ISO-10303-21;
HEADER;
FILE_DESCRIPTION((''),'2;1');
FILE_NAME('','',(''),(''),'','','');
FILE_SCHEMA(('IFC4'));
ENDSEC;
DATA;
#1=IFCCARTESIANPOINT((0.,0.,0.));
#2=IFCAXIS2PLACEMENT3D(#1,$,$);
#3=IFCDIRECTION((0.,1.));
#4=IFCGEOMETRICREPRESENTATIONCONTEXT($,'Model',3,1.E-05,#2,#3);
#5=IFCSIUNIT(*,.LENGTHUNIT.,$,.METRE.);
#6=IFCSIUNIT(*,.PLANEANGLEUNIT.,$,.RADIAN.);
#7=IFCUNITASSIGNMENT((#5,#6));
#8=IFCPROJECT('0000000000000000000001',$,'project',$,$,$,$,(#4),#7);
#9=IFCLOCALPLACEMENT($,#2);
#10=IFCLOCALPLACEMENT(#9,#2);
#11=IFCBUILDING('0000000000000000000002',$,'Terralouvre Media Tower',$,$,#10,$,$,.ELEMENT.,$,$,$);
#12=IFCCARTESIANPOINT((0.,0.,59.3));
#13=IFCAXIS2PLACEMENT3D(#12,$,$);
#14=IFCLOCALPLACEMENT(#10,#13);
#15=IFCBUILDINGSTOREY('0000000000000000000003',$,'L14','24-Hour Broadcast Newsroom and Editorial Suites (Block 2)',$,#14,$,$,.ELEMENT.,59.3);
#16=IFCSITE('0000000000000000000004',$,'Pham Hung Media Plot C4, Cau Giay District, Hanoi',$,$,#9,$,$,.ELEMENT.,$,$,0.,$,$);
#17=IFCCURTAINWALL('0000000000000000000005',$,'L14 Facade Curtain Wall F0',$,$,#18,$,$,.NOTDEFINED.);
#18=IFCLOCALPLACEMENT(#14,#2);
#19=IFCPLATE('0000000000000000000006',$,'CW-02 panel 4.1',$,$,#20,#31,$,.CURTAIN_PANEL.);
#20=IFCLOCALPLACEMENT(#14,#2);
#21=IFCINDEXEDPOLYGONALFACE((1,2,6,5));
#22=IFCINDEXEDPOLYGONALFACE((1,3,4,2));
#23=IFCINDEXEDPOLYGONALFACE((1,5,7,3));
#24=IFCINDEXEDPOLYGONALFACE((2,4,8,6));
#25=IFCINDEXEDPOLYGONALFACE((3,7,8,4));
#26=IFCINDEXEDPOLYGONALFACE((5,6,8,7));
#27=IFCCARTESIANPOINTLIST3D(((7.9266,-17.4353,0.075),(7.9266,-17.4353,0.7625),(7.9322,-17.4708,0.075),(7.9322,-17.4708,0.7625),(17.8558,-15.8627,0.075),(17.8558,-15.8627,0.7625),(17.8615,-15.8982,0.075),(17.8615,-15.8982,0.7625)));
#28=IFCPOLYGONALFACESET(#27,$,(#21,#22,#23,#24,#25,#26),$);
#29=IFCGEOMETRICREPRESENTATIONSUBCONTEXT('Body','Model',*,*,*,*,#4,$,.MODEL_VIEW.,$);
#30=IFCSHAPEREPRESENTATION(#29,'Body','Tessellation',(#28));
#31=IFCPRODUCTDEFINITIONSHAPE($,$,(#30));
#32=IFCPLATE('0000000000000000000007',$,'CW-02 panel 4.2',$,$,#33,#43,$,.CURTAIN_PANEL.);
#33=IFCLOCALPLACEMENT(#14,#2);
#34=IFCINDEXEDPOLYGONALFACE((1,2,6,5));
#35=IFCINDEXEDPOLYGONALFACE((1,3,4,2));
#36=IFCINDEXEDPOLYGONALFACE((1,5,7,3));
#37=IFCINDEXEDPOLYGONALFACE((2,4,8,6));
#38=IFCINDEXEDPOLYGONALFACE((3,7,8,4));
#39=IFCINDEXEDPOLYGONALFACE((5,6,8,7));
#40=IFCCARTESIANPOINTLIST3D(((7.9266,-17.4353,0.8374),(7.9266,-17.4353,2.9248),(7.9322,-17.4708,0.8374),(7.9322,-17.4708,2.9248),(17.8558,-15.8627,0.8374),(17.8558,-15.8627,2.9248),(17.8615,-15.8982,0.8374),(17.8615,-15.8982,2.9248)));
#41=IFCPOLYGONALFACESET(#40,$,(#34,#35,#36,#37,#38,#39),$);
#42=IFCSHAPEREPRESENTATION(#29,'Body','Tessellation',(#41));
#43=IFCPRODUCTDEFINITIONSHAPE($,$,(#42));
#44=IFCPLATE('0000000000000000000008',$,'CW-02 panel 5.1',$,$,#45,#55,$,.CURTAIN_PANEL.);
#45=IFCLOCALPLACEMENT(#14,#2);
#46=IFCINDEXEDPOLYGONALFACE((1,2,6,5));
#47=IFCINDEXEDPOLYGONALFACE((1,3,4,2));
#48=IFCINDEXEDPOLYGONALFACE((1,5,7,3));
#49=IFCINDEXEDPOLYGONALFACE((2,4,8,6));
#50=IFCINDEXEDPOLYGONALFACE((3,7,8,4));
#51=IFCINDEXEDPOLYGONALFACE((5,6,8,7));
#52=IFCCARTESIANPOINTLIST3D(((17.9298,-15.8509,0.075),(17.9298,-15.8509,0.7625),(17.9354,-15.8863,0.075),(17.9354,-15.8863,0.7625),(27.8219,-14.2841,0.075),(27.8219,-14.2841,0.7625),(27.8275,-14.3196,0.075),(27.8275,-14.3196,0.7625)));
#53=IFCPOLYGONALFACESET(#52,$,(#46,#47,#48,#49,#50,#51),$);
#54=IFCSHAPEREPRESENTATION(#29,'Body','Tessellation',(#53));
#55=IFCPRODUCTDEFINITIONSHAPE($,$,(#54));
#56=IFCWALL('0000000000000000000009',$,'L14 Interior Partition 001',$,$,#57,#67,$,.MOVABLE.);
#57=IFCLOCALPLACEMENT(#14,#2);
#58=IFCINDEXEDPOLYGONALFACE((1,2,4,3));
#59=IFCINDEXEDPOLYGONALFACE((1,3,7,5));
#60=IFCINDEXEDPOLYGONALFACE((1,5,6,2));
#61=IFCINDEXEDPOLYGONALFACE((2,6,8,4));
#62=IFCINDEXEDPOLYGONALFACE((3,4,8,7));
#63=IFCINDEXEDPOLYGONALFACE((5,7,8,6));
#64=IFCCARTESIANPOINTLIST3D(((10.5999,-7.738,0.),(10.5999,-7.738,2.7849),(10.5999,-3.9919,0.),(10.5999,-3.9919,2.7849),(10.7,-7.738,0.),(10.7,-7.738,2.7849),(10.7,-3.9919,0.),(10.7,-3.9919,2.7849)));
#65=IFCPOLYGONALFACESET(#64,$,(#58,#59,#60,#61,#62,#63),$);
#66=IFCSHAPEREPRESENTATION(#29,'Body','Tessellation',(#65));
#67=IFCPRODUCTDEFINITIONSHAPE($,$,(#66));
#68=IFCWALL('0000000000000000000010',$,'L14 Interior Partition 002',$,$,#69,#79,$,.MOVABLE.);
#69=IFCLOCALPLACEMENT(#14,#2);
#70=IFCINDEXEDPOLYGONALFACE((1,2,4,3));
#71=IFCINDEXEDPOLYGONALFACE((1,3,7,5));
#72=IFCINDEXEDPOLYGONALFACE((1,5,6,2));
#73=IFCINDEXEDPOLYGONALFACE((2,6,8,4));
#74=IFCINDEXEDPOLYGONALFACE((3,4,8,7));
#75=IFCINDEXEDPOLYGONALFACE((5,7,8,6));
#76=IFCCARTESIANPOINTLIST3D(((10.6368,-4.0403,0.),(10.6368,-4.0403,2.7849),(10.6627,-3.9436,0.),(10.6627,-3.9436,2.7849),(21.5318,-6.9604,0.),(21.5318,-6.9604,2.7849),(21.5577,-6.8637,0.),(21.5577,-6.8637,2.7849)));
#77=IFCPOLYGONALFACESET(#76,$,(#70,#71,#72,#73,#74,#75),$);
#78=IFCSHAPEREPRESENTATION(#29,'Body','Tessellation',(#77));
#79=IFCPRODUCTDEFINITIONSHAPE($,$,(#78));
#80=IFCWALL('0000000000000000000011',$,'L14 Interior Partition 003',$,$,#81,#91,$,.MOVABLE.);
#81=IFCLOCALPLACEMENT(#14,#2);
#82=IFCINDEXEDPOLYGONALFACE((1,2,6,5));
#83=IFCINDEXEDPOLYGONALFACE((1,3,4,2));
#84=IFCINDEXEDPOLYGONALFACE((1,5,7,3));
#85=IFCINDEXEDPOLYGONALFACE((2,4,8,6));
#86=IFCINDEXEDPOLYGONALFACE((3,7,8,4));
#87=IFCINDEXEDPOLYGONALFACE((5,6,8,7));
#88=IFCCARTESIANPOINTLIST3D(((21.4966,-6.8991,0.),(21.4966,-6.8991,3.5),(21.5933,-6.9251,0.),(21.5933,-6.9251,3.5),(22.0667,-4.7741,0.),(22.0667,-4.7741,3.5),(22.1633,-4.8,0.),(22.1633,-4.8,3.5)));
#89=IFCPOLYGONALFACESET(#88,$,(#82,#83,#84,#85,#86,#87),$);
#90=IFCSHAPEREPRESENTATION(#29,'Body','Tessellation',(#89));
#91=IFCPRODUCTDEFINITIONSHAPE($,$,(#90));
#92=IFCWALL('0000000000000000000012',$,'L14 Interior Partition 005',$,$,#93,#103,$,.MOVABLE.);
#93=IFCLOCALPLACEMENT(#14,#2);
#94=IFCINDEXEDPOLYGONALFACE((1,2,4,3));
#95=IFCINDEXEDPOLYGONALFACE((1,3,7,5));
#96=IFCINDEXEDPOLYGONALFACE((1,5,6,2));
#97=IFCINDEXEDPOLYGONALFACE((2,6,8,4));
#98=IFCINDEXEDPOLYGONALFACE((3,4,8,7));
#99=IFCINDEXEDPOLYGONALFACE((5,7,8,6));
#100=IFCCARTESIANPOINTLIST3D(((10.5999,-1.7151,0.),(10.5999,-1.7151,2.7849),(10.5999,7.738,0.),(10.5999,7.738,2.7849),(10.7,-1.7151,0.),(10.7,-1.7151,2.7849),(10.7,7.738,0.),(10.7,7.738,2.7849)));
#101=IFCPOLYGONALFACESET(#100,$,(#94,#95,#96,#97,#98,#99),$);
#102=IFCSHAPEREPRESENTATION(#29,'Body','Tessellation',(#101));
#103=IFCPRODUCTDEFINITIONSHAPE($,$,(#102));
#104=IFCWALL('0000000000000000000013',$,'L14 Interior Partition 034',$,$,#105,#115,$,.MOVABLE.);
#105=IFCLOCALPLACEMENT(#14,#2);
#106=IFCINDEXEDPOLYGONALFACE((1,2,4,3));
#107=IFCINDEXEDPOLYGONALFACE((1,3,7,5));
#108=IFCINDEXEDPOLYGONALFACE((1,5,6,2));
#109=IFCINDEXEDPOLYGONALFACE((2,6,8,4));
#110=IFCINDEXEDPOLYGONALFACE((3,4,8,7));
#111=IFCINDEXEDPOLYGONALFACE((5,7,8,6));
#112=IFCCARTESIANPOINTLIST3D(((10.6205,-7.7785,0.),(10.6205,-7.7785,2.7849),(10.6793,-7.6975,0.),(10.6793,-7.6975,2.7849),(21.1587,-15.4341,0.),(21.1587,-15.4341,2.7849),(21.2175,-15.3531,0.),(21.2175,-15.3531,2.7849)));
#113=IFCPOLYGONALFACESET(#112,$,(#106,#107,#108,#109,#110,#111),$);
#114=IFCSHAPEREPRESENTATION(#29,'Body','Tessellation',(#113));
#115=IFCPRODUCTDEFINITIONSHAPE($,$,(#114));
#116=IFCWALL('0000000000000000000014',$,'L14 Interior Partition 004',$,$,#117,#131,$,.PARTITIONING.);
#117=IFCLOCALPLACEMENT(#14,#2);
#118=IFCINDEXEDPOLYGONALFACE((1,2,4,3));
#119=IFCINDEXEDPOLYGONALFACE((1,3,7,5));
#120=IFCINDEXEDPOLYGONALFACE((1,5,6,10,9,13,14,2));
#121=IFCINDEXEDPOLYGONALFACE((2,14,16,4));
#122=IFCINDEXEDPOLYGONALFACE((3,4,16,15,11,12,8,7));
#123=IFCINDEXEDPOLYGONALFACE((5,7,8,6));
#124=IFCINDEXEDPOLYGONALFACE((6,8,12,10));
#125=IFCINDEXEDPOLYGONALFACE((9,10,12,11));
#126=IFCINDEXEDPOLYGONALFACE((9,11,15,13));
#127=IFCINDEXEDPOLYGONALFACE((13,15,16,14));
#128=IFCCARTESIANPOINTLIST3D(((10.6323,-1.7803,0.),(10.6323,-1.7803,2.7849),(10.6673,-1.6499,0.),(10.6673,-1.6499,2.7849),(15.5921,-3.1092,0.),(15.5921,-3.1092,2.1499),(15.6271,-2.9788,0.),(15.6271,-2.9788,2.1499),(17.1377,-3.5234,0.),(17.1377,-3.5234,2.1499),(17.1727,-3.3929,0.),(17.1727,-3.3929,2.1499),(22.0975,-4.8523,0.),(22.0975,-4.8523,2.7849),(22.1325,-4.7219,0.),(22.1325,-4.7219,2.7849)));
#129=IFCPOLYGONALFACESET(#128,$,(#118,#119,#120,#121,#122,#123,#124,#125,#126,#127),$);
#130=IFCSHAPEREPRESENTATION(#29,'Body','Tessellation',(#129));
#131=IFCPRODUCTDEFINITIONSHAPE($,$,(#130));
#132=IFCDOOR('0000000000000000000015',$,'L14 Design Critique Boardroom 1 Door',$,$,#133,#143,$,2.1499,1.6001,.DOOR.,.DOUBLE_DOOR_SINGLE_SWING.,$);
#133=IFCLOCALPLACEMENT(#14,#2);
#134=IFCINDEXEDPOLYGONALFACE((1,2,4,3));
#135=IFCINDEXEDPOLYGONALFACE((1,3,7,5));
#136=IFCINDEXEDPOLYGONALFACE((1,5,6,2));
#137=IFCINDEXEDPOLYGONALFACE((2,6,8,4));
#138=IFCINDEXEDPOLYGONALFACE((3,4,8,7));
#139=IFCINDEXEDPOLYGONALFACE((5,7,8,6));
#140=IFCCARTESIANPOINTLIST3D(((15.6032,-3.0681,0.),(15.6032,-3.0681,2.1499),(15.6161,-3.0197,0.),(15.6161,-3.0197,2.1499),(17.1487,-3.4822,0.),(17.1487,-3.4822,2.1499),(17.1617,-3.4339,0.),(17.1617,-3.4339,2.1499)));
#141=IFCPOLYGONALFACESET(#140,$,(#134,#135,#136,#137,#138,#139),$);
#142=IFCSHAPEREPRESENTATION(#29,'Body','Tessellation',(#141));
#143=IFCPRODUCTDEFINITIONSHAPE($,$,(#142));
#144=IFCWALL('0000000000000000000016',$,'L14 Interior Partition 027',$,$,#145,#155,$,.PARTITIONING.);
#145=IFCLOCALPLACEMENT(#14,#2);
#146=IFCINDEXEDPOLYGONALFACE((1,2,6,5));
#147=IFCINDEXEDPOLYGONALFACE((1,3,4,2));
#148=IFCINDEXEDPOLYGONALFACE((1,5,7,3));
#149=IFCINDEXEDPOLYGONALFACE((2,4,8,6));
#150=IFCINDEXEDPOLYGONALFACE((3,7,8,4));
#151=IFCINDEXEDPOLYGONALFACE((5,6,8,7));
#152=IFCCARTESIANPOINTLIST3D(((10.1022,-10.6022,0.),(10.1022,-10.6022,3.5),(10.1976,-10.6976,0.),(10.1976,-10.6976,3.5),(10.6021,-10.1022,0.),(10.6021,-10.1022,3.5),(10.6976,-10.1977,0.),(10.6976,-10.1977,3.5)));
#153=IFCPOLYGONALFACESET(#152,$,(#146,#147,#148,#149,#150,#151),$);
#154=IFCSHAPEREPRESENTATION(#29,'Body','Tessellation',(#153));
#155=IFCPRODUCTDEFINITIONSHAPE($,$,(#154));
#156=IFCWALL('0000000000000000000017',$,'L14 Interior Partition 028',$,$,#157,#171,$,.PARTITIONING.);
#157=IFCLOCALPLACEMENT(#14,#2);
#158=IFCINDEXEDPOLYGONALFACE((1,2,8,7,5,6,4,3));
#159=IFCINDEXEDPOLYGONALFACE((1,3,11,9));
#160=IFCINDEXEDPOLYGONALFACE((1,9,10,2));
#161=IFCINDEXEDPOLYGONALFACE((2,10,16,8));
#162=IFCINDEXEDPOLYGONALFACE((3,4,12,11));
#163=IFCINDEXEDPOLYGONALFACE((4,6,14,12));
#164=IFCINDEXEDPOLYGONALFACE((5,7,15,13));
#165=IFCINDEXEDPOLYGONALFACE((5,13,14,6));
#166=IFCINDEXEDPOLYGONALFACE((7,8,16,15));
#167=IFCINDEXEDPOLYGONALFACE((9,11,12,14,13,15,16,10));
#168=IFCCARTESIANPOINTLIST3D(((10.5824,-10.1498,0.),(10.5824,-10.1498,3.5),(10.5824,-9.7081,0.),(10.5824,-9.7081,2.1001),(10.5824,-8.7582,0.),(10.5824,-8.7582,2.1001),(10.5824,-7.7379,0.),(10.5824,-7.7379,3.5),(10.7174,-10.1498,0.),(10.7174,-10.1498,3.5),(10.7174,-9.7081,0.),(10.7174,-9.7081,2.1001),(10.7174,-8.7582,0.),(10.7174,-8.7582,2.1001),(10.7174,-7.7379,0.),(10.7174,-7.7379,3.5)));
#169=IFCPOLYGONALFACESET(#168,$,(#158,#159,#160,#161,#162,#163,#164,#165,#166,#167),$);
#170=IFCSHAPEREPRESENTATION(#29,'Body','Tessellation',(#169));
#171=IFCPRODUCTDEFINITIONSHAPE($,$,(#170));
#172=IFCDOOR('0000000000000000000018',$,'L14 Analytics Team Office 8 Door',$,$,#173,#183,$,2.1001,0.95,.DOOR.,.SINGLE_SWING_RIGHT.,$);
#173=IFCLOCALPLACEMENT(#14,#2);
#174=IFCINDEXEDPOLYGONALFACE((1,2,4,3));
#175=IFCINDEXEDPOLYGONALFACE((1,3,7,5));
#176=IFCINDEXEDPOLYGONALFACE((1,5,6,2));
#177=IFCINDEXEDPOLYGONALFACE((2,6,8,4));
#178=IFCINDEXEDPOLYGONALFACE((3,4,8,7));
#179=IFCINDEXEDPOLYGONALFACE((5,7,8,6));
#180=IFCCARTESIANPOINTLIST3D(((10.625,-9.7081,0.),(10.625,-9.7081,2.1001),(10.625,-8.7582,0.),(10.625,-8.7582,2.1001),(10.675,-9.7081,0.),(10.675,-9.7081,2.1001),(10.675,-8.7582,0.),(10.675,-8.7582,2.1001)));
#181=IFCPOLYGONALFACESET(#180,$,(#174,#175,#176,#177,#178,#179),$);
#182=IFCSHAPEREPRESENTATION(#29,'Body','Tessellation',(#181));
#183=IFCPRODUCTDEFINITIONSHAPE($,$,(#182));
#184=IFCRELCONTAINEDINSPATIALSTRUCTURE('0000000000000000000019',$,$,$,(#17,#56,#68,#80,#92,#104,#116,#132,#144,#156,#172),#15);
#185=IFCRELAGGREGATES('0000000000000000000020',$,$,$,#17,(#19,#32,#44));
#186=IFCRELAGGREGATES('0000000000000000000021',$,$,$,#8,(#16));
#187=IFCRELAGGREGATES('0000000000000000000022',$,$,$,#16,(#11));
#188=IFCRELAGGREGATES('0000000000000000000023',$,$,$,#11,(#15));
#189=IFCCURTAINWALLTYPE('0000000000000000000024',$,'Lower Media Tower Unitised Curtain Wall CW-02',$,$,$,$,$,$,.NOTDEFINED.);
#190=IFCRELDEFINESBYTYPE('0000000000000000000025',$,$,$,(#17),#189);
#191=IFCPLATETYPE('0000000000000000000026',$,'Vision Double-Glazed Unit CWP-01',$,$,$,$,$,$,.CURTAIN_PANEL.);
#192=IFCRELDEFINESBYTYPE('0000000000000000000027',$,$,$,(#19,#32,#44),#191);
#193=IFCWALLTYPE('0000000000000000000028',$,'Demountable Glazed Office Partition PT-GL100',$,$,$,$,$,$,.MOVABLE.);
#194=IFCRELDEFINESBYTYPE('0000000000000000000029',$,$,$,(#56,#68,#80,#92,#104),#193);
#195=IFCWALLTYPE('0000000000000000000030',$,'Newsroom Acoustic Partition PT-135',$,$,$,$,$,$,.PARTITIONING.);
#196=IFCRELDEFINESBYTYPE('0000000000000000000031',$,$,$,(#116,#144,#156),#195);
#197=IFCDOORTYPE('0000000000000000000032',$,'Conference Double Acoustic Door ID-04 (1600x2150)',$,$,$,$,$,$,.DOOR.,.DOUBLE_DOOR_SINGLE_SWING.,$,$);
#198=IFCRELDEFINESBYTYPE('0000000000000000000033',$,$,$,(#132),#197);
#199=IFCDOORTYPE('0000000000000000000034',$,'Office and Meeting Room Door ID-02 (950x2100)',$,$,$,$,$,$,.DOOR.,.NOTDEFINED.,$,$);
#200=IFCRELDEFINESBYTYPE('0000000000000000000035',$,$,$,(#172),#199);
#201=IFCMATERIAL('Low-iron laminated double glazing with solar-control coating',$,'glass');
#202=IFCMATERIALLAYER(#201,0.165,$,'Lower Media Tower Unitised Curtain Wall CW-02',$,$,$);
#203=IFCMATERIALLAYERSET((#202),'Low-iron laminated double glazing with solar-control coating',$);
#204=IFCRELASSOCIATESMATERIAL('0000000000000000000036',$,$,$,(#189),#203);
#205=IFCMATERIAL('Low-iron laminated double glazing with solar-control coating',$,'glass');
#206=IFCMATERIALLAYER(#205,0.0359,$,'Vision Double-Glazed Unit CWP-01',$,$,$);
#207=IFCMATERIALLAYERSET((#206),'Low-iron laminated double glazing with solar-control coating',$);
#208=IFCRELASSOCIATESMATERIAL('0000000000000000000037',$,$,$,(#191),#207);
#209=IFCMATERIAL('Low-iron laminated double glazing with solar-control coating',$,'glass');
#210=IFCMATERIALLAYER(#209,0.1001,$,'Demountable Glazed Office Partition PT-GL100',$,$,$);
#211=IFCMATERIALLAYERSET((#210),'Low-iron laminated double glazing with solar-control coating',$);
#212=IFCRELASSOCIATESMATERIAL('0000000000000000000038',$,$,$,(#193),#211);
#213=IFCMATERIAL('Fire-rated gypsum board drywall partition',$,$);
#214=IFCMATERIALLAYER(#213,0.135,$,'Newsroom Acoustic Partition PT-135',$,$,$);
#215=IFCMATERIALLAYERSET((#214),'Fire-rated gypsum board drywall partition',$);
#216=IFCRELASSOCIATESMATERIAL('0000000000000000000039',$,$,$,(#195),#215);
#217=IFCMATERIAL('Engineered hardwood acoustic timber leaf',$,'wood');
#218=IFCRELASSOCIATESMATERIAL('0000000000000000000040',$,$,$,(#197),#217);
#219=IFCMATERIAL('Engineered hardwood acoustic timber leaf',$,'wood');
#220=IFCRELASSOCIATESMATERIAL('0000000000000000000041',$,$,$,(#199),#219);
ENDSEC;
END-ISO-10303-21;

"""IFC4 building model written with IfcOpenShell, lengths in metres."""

from ifc_helpers import new_model, si_unit, direction, frame, frame_2d, origin, origin_2d, place, context, subcontext, project, spatial, rectangle, extrude, material, layer, layer_set, type_object, element, fill, aggregate, save


model = new_model("IFC4")

# Units and contexts
model_context = context("Model", 3, precision=1e-05, world=origin(), true_north=direction((0.0, 1.0)))
body_context = subcontext(model_context, "Body", "Model", "MODEL_VIEW")
ifc_project = project(units=[si_unit("LENGTHUNIT", "METRE"), si_unit("PLANEANGLEUNIT", "RADIAN")], contexts=[model_context])

# Site, building, storey
site_placement = place(None, origin())
site = spatial("IfcSite", under=ifc_project, at=site_placement, Name="Pham Hung Media Plot C4, Cau Giay District, Hanoi", CompositionType="ELEMENT", RefElevation=0.0)
building_placement = place(site_placement, origin())
building = spatial("IfcBuilding", under=site, at=building_placement, Name="Terralouvre Media Tower", CompositionType="ELEMENT")
storey_placement = place(building_placement, frame((0.0, 0.0, 59.3)))
storey = spatial("IfcBuildingStorey", under=building, at=storey_placement, Name="L14", Description="24-Hour Broadcast Newsroom and Editorial Suites (Block 2)", CompositionType="ELEMENT", Elevation=59.3)

# Curtain wall
ifc_material_1 = material(Name="Low-iron laminated double glazing with solar-control coating", Category="glass")
ifc_layer_1 = layer(ifc_material_1, 0.165, Name="Lower Media Tower Unitised Curtain Wall CW-02")
ifc_layer_set_1 = layer_set([ifc_layer_1], Name="Low-iron laminated double glazing with solar-control coating")
curtain_wall_type = type_object("IfcCurtainWallType", Name="Lower Media Tower Unitised Curtain Wall CW-02", PredefinedType="NOTDEFINED", material=ifc_layer_set_1)
curtain_wall_placement = place(storey_placement, origin())
curtain_wall = element("IfcCurtainWall", 1, at=curtain_wall_placement, inside=storey, type_object=curtain_wall_type, Name="L14 Facade Curtain Wall F0", PredefinedType="NOTDEFINED")

# Plates
ifc_material_2 = material(Name="Low-iron laminated double glazing with solar-control coating", Category="glass")
ifc_layer_2 = layer(ifc_material_2, 0.0359, Name="Vision Double-Glazed Unit CWP-01")
ifc_layer_set_2 = layer_set([ifc_layer_2], Name="Low-iron laminated double glazing with solar-control coating")
plate_type = type_object("IfcPlateType", Name="Vision Double-Glazed Unit CWP-01", PredefinedType="CURTAIN_PANEL", material=ifc_layer_set_2)
plate_1_placement = place(storey_placement, frame((12.894, -16.6667, 0.075), z_axis=(0.0, 0.0, 1.0), x_axis=(0.987688, 0.156434, 0.0)))
plate_1 = element("IfcPlate", 2, at=plate_1_placement, type_object=plate_type, Name="CW-02 panel 4.1", PredefinedType="CURTAIN_PANEL", context=body_context, shape_type="SweptSolid", body=[
    extrude(rectangle(XDim=10.053, YDim=0.0359, at=origin_2d()), origin(), (0.0, 0.0, 1.0), 0.6875),
])
plate_2_placement = place(storey_placement, frame((12.894, -16.6667, 0.8374), z_axis=(0.0, 0.0, 1.0), x_axis=(0.987688, 0.156434, 0.0)))
plate_2 = element("IfcPlate", 3, at=plate_2_placement, type_object=plate_type, Name="CW-02 panel 4.2", PredefinedType="CURTAIN_PANEL", context=body_context, shape_type="SweptSolid", body=[
    extrude(rectangle(XDim=10.053, YDim=0.0359, at=origin_2d()), origin(), (0.0, 0.0, 1.0), 2.0874),
])
plate_3_placement = place(storey_placement, frame((22.8787, -15.0852, 0.075), z_axis=(0.0, 0.0, 1.0), x_axis=(0.987688, 0.156434, 0.0)))
plate_3 = element("IfcPlate", 4, at=plate_3_placement, type_object=plate_type, Name="CW-02 panel 5.1", PredefinedType="CURTAIN_PANEL", context=body_context, shape_type="SweptSolid", body=[
    extrude(rectangle(XDim=10.0154, YDim=0.0359, at=origin_2d()), origin(), (0.0, 0.0, 1.0), 0.6875),
])
aggregate(curtain_wall, [plate_1, plate_2, plate_3])

# Walls
ifc_material_3 = material(Name="Low-iron laminated double glazing with solar-control coating", Category="glass")
ifc_layer_3 = layer(ifc_material_3, 0.1001, Name="Demountable Glazed Office Partition PT-GL100")
ifc_layer_set_3 = layer_set([ifc_layer_3], Name="Low-iron laminated double glazing with solar-control coating")
wall_type_1 = type_object("IfcWallType", Name="Demountable Glazed Office Partition PT-GL100", PredefinedType="MOVABLE", material=ifc_layer_set_3)
wall_1_placement = place(storey_placement, frame((10.6499, -7.738, 0.0), z_axis=(0.0, 0.0, 1.0), x_axis=(0.0, 1.0, 0.0)))
element("IfcWall", 5, at=wall_1_placement, inside=storey, type_object=wall_type_1, Name="L14 Interior Partition 001", PredefinedType="MOVABLE", context=body_context, shape_type="SweptSolid", body=[
    extrude(rectangle(XDim=3.7461, YDim=0.1001, at=frame_2d((1.873, 0.0))), origin(), (0.0, 0.0, 1.0), 2.7849),
])
wall_2_placement = place(storey_placement, frame((10.6499, -3.9919, 0.0), z_axis=(0.0, 0.0, 1.0), x_axis=(0.965907, -0.25889, 0.0)))
element("IfcWall", 6, at=wall_2_placement, inside=storey, type_object=wall_type_1, Name="L14 Interior Partition 002", PredefinedType="MOVABLE", context=body_context, shape_type="SweptSolid", body=[
    extrude(rectangle(XDim=11.2795, YDim=0.1001, at=frame_2d((5.6396, 0.0))), origin(), (0.0, 0.0, 1.0), 2.7849),
])
wall_3_placement = place(storey_placement, frame((21.5449, -6.9121, 0.0), z_axis=(0.0, 0.0, 1.0), x_axis=(0.259106, 0.965849, 0.0)))
element("IfcWall", 7, at=wall_3_placement, inside=storey, type_object=wall_type_1, Name="L14 Interior Partition 003", PredefinedType="MOVABLE", context=body_context, shape_type="SweptSolid", body=[
    extrude(rectangle(XDim=2.2002, YDim=0.1001, at=frame_2d((1.1001, 0.0))), origin(), (0.0, 0.0, 1.0), 3.5),
])
wall_4_placement = place(storey_placement, frame((10.6499, -1.7151, 0.0), z_axis=(0.0, 0.0, 1.0), x_axis=(0.0, 1.0, 0.0)))
element("IfcWall", 8, at=wall_4_placement, inside=storey, type_object=wall_type_1, Name="L14 Interior Partition 005", PredefinedType="MOVABLE", context=body_context, shape_type="SweptSolid", body=[
    extrude(rectangle(XDim=9.4531, YDim=0.1001, at=frame_2d((4.7266, 0.0))), origin(), (0.0, 0.0, 1.0), 2.7849),
])
wall_5_placement = place(storey_placement, frame((10.6499, -7.738, 0.0), z_axis=(0.0, 0.0, 1.0), x_axis=(0.809048, -0.587743, 0.0)))
element("IfcWall", 9, at=wall_5_placement, inside=storey, type_object=wall_type_1, Name="L14 Interior Partition 034", PredefinedType="MOVABLE", context=body_context, shape_type="SweptSolid", body=[
    extrude(rectangle(XDim=13.0254, YDim=0.1001, at=frame_2d((6.5127, 0.0))), origin(), (0.0, 0.0, 1.0), 2.7849),
])

# Wall, opening, door
ifc_material_4 = material(Name="Fire-rated gypsum board drywall partition")
ifc_layer_4 = layer(ifc_material_4, 0.135, Name="Newsroom Acoustic Partition PT-135")
ifc_layer_set_4 = layer_set([ifc_layer_4], Name="Fire-rated gypsum board drywall partition")
wall_type_2 = type_object("IfcWallType", Name="Newsroom Acoustic Partition PT-135", PredefinedType="PARTITIONING", material=ifc_layer_set_4)
wall_6_placement = place(storey_placement, frame((22.115, -4.7871, 0.0), z_axis=(0.0, 0.0, 1.0), x_axis=(-0.965927, 0.258816, 0.0)))
wall_6 = element("IfcWall", 10, at=wall_6_placement, inside=storey, type_object=wall_type_2, Name="L14 Interior Partition 004", PredefinedType="PARTITIONING", context=body_context, shape_type="SweptSolid", body=[
    extrude(rectangle(XDim=11.8696, YDim=0.135, at=frame_2d((5.9348, 0.0))), origin(), (0.0, 0.0, 1.0), 2.7849),
])
opening_1_placement = place(wall_6_placement, frame((5.1348, 0.0, 0.0)))
opening_1 = element("IfcOpeningElement", 11, at=opening_1_placement, cuts=wall_6, PredefinedType="OPENING", context=body_context, shape_type="SweptSolid", body=[
    extrude(rectangle(XDim=1.6001, YDim=2.1499, at=frame_2d((0.8, 1.075))), frame((0.0, 0.0774, 0.0), z_axis=(0.0, -1.0, 0.0), x_axis=(1.0, 0.0, 0.0)), (0.0, 0.0, 1.0), 0.155),
])
ifc_material_5 = material(Name="Engineered hardwood acoustic timber leaf", Category="wood")
door_type_1 = type_object("IfcDoorType", Name="Conference Double Acoustic Door ID-04 (1600x2150)", OperationType="DOUBLE_DOOR_SINGLE_SWING", PredefinedType="DOOR", material=ifc_material_5)
door_1_placement = place(opening_1_placement, origin())
door_1 = element("IfcDoor", 12, at=door_1_placement, inside=storey, type_object=door_type_1, Name="L14 Design Critique Boardroom 1 Door", OperationType="DOUBLE_DOOR_SINGLE_SWING", OverallHeight=2.1499, OverallWidth=1.6001, PredefinedType="DOOR", context=body_context, shape_type="SweptSolid", body=[
    extrude(rectangle(XDim=1.6001, YDim=2.1499, at=frame_2d((0.8, 1.075))), frame((0.0, 0.0249, 0.0), z_axis=(0.0, -1.0, 0.0), x_axis=(1.0, 0.0, 0.0)), (0.0, 0.0, 1.0), 0.05),
])
fill(opening_1, door_1)

# Wall
wall_7_placement = place(storey_placement, frame((10.1499, -10.6499, 0.0), z_axis=(0.0, 0.0, 1.0), x_axis=(0.707107, 0.707107, 0.0)))
element("IfcWall", 13, at=wall_7_placement, inside=storey, type_object=wall_type_2, Name="L14 Interior Partition 027", PredefinedType="PARTITIONING", context=body_context, shape_type="SweptSolid", body=[
    extrude(rectangle(XDim=0.707, YDim=0.135, at=frame_2d((0.3535, 0.0))), origin(), (0.0, 0.0, 1.0), 3.5),
])

# Wall, opening, door
wall_8_placement = place(storey_placement, frame((10.6499, -10.1499, 0.0), z_axis=(0.0, 0.0, 1.0), x_axis=(0.0, 1.0, 0.0)))
wall_8 = element("IfcWall", 14, at=wall_8_placement, inside=storey, type_object=wall_type_2, Name="L14 Interior Partition 028", PredefinedType="PARTITIONING", context=body_context, shape_type="SweptSolid", body=[
    extrude(rectangle(XDim=2.4119, YDim=0.135, at=frame_2d((1.2061, 0.0))), origin(), (0.0, 0.0, 1.0), 3.5),
])
opening_2_placement = place(wall_8_placement, frame((0.4417, 0.0, 0.0)))
opening_2 = element("IfcOpeningElement", 15, at=opening_2_placement, cuts=wall_8, PredefinedType="OPENING", context=body_context, shape_type="SweptSolid", body=[
    extrude(rectangle(XDim=0.95, YDim=2.1001, at=frame_2d((0.4751, 1.05))), frame((0.0, 0.0774, 0.0), z_axis=(0.0, -1.0, 0.0), x_axis=(1.0, 0.0, 0.0)), (0.0, 0.0, 1.0), 0.155),
])
ifc_material_6 = material(Name="Engineered hardwood acoustic timber leaf", Category="wood")
door_type_2 = type_object("IfcDoorType", Name="Office and Meeting Room Door ID-02 (950x2100)", OperationType="NOTDEFINED", PredefinedType="DOOR", material=ifc_material_6)
door_2_placement = place(opening_2_placement, origin())
door_2 = element("IfcDoor", 16, at=door_2_placement, inside=storey, type_object=door_type_2, Name="L14 Analytics Team Office 8 Door", OperationType="SINGLE_SWING_RIGHT", OverallHeight=2.1001, OverallWidth=0.95, PredefinedType="DOOR", context=body_context, shape_type="SweptSolid", body=[
    extrude(rectangle(XDim=0.95, YDim=2.1001, at=frame_2d((0.4751, 1.05))), frame((0.0, 0.0249, 0.0), z_axis=(0.0, -1.0, 0.0), x_axis=(1.0, 0.0, 0.0)), (0.0, 0.0, 1.0), 0.05),
])
fill(opening_2, door_2)

save(model, "model.ifc")
